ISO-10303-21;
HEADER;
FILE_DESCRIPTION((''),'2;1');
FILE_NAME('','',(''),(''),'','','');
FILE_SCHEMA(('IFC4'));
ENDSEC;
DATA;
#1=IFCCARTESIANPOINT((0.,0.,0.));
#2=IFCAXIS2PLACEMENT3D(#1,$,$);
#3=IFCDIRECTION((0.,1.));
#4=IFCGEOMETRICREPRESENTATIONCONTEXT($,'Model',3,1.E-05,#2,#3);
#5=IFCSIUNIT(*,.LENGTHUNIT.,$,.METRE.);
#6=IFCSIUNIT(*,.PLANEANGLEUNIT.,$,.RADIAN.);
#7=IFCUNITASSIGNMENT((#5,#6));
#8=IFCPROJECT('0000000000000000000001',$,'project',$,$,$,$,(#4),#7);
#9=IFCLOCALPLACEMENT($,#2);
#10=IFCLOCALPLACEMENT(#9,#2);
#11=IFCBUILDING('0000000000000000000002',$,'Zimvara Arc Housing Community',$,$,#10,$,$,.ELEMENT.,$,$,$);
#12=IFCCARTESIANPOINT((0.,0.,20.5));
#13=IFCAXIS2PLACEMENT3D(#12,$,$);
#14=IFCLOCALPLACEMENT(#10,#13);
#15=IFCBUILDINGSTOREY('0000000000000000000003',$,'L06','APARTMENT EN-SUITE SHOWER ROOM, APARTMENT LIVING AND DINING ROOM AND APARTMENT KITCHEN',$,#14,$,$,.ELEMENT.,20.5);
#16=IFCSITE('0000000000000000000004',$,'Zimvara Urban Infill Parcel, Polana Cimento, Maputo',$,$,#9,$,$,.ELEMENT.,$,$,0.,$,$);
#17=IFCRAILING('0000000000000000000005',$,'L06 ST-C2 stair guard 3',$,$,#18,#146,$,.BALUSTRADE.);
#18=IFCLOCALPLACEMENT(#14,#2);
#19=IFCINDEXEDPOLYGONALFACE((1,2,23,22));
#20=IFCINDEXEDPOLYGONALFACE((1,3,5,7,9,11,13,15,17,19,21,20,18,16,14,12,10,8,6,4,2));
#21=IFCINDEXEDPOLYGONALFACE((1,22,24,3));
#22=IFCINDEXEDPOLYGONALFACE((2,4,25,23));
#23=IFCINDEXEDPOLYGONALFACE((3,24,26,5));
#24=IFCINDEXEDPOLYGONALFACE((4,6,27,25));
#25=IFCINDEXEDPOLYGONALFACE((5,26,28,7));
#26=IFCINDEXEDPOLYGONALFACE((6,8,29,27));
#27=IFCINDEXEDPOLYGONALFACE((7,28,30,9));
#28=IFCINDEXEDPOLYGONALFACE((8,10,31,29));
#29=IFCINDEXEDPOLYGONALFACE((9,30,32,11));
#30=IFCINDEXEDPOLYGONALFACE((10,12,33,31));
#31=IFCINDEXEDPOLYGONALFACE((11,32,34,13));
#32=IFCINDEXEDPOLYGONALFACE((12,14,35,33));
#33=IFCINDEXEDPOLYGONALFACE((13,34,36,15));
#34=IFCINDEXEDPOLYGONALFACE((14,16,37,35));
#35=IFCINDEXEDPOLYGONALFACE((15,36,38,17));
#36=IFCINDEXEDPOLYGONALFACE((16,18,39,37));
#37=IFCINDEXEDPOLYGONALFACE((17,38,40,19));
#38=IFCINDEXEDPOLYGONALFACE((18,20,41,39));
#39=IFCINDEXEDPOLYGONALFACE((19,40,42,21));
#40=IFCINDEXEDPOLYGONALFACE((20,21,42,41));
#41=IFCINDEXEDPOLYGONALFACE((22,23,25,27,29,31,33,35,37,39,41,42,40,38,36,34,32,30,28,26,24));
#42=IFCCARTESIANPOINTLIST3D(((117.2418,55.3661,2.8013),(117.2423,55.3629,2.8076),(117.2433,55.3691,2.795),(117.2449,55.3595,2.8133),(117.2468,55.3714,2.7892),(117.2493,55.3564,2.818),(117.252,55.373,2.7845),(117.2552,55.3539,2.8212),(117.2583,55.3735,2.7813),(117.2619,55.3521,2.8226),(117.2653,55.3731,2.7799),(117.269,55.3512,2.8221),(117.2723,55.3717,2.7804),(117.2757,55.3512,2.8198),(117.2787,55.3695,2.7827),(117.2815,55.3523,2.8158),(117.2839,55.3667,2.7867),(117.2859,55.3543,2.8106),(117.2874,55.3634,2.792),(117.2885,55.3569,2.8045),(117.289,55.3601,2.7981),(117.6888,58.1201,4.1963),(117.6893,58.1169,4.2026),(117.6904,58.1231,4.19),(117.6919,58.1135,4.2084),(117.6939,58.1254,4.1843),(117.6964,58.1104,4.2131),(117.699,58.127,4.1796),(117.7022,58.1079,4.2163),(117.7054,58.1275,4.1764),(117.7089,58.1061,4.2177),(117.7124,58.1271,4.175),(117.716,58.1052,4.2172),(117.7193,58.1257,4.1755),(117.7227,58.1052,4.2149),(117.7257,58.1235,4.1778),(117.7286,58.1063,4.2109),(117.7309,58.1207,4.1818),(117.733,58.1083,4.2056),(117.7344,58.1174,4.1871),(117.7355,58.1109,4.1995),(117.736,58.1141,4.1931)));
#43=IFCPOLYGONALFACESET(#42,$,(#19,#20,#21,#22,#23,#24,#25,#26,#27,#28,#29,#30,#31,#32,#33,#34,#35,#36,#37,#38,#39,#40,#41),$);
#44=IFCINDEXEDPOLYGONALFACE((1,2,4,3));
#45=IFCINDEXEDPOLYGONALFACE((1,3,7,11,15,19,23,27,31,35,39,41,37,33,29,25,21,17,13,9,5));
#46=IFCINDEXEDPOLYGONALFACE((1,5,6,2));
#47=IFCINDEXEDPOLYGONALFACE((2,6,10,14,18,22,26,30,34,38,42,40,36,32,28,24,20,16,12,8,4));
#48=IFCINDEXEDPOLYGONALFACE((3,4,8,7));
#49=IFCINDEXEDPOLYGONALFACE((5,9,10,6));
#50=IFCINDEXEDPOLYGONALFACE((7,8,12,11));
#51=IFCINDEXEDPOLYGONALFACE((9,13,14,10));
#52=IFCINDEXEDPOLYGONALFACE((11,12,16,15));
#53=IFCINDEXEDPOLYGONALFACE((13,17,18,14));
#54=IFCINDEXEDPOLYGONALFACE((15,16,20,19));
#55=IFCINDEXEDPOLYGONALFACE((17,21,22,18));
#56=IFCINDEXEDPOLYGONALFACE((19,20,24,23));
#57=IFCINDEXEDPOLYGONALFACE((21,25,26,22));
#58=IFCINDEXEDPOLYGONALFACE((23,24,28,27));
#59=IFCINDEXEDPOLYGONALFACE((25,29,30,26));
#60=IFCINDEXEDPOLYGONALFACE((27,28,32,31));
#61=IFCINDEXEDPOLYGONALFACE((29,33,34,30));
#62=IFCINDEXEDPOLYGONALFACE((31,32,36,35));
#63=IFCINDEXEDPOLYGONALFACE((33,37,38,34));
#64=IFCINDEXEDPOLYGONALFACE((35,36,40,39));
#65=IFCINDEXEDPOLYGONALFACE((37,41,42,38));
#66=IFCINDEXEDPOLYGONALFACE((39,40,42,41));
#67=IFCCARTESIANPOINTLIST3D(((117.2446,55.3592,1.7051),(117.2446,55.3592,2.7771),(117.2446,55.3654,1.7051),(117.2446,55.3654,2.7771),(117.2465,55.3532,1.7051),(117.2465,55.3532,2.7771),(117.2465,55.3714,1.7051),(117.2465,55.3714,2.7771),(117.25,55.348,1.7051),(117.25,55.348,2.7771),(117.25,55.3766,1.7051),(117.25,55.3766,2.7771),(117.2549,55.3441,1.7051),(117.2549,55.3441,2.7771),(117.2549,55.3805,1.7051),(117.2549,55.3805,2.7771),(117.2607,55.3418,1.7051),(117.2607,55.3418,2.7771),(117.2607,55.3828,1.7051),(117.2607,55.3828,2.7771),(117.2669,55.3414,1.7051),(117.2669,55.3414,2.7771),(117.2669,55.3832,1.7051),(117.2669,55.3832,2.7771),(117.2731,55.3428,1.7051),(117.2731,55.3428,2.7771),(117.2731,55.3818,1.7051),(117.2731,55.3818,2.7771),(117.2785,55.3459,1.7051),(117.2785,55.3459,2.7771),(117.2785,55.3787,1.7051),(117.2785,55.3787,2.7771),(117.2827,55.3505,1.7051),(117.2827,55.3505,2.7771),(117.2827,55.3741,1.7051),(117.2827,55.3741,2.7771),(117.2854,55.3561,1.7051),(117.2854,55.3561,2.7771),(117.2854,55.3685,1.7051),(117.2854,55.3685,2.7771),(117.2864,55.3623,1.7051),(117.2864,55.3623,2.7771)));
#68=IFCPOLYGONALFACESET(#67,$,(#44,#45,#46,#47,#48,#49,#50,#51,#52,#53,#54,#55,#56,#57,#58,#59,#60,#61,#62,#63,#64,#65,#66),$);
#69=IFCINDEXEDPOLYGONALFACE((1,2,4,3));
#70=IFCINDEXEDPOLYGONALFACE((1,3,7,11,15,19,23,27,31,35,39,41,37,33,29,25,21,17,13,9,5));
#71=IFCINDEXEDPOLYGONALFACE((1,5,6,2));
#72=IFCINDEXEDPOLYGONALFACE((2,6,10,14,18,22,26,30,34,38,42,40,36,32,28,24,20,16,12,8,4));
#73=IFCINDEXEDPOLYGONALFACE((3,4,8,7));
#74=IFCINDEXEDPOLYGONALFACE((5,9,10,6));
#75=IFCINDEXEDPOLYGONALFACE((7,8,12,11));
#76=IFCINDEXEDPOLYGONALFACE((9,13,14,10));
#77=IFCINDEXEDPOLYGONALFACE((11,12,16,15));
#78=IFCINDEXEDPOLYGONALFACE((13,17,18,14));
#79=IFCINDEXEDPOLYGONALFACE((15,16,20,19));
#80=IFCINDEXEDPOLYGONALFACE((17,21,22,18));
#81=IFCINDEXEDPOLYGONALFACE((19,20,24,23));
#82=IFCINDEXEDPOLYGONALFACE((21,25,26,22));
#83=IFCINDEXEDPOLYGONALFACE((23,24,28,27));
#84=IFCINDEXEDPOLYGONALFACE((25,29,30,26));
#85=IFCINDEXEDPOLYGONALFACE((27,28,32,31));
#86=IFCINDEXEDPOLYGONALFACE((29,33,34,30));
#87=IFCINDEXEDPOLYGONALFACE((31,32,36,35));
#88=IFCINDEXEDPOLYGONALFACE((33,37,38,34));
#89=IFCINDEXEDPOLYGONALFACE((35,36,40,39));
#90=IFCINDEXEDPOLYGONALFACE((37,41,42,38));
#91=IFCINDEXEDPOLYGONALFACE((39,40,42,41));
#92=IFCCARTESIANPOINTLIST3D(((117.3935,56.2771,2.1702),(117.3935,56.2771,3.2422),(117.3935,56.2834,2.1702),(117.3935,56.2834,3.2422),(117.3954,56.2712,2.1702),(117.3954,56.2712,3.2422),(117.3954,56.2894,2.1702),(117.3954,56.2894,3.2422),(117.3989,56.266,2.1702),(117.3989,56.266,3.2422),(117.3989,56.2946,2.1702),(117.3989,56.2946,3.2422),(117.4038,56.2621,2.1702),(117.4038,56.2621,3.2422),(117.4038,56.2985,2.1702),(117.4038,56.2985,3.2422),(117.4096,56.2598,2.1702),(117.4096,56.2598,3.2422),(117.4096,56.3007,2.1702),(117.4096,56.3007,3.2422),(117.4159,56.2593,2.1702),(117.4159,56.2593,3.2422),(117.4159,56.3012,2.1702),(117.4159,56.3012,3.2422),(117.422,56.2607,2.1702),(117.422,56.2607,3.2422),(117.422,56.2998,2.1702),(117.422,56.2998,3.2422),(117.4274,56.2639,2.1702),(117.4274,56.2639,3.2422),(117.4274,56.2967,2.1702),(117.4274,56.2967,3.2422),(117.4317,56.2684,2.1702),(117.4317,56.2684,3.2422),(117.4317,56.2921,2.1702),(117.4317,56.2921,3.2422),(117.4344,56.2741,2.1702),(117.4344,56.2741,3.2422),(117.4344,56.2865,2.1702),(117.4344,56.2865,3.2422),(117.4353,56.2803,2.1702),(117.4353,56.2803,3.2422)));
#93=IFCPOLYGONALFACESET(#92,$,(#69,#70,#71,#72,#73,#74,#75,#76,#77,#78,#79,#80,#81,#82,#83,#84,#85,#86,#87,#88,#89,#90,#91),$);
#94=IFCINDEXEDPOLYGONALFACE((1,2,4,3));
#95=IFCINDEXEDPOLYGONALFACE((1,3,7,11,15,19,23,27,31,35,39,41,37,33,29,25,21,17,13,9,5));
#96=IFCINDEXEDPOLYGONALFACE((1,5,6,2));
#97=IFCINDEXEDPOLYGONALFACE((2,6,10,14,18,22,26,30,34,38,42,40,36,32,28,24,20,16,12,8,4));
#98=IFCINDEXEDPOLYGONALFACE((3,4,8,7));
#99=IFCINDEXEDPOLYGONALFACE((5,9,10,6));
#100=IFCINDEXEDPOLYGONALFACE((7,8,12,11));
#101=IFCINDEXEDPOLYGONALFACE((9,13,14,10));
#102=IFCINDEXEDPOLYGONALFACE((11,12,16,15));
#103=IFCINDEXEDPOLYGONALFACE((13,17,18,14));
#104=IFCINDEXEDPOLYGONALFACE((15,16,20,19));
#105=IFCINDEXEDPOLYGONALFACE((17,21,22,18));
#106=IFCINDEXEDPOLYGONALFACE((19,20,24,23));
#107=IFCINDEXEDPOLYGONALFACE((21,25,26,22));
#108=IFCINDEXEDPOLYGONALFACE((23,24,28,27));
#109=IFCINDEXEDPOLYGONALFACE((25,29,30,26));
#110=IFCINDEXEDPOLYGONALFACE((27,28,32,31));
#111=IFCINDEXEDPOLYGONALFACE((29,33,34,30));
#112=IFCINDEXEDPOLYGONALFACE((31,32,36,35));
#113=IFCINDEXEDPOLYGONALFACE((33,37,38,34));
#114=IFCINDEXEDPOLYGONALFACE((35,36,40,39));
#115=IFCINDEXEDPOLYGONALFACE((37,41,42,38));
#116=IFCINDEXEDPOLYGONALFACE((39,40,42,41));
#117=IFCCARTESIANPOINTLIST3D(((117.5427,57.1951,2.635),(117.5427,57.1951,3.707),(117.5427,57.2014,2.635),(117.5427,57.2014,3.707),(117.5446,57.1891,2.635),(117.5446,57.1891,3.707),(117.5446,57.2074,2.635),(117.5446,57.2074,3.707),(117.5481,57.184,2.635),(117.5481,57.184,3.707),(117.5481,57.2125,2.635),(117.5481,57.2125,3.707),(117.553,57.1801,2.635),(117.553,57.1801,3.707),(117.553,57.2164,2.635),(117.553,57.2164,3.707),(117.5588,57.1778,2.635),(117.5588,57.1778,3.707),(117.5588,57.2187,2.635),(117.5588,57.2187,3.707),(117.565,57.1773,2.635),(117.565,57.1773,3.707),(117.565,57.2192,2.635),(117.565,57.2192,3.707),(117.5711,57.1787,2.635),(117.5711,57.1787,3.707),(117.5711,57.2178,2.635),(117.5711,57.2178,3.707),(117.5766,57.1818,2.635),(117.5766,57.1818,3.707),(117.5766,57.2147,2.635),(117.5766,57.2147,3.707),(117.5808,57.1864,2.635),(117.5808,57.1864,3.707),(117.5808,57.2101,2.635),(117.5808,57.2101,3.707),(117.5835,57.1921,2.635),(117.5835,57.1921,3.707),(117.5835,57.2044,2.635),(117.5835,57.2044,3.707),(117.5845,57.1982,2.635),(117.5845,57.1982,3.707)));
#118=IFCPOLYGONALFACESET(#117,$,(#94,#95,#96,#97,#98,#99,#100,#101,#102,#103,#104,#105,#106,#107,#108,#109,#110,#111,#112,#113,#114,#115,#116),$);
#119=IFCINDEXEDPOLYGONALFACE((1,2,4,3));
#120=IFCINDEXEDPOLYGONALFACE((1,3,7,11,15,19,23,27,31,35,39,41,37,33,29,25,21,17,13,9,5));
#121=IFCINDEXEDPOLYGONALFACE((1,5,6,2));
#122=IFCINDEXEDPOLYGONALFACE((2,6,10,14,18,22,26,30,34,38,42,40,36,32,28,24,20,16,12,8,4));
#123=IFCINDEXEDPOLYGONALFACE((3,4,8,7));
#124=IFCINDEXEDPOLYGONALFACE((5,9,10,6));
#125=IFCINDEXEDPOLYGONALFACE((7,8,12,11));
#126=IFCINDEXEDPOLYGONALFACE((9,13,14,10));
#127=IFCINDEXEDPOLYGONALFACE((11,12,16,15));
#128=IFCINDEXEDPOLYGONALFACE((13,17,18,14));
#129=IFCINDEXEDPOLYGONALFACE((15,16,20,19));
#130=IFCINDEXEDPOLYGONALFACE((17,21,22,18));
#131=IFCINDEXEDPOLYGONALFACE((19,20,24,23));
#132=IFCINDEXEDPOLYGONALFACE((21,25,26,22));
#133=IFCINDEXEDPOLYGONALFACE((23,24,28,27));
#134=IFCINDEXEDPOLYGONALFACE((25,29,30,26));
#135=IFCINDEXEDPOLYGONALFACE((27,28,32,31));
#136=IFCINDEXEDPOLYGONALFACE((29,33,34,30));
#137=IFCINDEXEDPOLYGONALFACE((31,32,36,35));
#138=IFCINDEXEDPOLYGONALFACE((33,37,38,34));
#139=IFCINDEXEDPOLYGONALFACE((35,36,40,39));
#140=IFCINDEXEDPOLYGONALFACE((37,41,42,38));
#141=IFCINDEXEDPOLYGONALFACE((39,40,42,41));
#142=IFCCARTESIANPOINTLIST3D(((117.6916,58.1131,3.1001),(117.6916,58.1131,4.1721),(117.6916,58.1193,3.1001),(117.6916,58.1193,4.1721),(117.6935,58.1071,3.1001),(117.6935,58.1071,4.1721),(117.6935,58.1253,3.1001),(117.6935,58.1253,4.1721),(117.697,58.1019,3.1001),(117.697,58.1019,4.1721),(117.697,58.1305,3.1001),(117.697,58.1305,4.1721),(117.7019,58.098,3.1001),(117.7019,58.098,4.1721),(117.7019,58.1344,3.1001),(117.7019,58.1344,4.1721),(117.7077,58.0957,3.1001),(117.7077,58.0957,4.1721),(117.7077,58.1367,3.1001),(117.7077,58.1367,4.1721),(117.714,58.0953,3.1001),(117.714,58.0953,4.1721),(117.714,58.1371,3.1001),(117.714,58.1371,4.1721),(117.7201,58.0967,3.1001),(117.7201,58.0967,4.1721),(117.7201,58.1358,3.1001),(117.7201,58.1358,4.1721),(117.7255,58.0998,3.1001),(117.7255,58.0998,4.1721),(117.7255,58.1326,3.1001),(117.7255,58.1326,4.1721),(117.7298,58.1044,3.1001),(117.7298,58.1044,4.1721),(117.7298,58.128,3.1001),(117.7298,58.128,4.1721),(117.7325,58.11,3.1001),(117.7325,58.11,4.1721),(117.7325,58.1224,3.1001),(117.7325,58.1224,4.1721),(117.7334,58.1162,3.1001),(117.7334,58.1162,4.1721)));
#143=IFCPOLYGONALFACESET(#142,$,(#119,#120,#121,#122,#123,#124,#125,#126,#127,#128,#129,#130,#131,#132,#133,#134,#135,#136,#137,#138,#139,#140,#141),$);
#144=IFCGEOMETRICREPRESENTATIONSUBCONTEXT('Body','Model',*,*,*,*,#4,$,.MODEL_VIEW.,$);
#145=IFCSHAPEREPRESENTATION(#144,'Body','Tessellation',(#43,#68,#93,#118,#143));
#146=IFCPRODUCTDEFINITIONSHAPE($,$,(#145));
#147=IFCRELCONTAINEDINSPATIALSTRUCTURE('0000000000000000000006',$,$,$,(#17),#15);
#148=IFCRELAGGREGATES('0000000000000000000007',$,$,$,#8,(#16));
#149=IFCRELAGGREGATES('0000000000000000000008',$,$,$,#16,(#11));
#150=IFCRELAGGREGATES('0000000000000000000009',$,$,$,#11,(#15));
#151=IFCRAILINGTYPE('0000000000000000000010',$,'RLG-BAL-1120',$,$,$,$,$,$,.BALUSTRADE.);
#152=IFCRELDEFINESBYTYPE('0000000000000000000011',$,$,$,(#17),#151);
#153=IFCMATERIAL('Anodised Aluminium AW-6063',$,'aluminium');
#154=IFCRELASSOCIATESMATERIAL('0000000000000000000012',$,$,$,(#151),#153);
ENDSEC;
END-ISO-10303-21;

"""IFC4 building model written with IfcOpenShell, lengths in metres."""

from ifc_helpers import new_model, si_unit, direction, frame, origin, origin_2d, place, context, subcontext, project, spatial, circle, extrude, material, type_object, element, save


model = new_model("IFC4")

# Units and contexts
model_context = context("Model", 3, precision=1e-05, world=origin(), true_north=direction((0.0, 1.0)))
body_context = subcontext(model_context, "Body", "Model", "MODEL_VIEW")
ifc_project = project(units=[si_unit("LENGTHUNIT", "METRE"), si_unit("PLANEANGLEUNIT", "RADIAN")], contexts=[model_context])

# Site, building, storey
site_placement = place(None, origin())
site = spatial("IfcSite", under=ifc_project, at=site_placement, Name="Zimvara Urban Infill Parcel, Polana Cimento, Maputo", CompositionType="ELEMENT", RefElevation=0.0)
building_placement = place(site_placement, origin())
building = spatial("IfcBuilding", under=site, at=building_placement, Name="Zimvara Arc Housing Community", CompositionType="ELEMENT")
storey_placement = place(building_placement, frame((0.0, 0.0, 20.5)))
storey = spatial("IfcBuildingStorey", under=building, at=storey_placement, Name="L06", Description="APARTMENT EN-SUITE SHOWER ROOM, APARTMENT LIVING AND DINING ROOM AND APARTMENT KITCHEN", CompositionType="ELEMENT", Elevation=20.5)

# Railing
ifc_material_1 = material(Name="Anodised Aluminium AW-6063", Category="aluminium")
railing_type_1 = type_object("IfcRailingType", Name="RLG-BAL-1120", PredefinedType="BALUSTRADE", material=ifc_material_1)
railing_1_placement = place(storey_placement, frame((117.2654, 55.3623, 1.7051)))
element("IfcRailing", 1, at=railing_1_placement, inside=storey, type_object=railing_type_1, Name="L06 ST-C2 stair guard 3", PredefinedType="BALUSTRADE", context=body_context, shape_type="SweptSolid", body=[
    extrude(circle(Radius=0.0239, at=origin_2d()), frame((0.0, 0.0, 1.0962), z_axis=(0.143309, 0.882866, 0.447225), x_axis=(-0.98708, 0.160226, 0.0)), (0.0, 0.0, 1.0), 3.1194),
    extrude(circle(Radius=0.021, at=origin_2d()), origin(), (0.0, 0.0, 1.0), 1.072),
    extrude(circle(Radius=0.021, at=origin_2d()), frame((0.1489, 0.918, 0.4651)), (0.0, 0.0, 1.0), 1.072),
    extrude(circle(Radius=0.021, at=origin_2d()), frame((0.2981, 1.8359, 0.9299)), (0.0, 0.0, 1.0), 1.072),
    extrude(circle(Radius=0.021, at=origin_2d()), frame((0.447, 2.7539, 1.395)), (0.0, 0.0, 1.0), 1.072),
])

save(model, "model.ifc")
